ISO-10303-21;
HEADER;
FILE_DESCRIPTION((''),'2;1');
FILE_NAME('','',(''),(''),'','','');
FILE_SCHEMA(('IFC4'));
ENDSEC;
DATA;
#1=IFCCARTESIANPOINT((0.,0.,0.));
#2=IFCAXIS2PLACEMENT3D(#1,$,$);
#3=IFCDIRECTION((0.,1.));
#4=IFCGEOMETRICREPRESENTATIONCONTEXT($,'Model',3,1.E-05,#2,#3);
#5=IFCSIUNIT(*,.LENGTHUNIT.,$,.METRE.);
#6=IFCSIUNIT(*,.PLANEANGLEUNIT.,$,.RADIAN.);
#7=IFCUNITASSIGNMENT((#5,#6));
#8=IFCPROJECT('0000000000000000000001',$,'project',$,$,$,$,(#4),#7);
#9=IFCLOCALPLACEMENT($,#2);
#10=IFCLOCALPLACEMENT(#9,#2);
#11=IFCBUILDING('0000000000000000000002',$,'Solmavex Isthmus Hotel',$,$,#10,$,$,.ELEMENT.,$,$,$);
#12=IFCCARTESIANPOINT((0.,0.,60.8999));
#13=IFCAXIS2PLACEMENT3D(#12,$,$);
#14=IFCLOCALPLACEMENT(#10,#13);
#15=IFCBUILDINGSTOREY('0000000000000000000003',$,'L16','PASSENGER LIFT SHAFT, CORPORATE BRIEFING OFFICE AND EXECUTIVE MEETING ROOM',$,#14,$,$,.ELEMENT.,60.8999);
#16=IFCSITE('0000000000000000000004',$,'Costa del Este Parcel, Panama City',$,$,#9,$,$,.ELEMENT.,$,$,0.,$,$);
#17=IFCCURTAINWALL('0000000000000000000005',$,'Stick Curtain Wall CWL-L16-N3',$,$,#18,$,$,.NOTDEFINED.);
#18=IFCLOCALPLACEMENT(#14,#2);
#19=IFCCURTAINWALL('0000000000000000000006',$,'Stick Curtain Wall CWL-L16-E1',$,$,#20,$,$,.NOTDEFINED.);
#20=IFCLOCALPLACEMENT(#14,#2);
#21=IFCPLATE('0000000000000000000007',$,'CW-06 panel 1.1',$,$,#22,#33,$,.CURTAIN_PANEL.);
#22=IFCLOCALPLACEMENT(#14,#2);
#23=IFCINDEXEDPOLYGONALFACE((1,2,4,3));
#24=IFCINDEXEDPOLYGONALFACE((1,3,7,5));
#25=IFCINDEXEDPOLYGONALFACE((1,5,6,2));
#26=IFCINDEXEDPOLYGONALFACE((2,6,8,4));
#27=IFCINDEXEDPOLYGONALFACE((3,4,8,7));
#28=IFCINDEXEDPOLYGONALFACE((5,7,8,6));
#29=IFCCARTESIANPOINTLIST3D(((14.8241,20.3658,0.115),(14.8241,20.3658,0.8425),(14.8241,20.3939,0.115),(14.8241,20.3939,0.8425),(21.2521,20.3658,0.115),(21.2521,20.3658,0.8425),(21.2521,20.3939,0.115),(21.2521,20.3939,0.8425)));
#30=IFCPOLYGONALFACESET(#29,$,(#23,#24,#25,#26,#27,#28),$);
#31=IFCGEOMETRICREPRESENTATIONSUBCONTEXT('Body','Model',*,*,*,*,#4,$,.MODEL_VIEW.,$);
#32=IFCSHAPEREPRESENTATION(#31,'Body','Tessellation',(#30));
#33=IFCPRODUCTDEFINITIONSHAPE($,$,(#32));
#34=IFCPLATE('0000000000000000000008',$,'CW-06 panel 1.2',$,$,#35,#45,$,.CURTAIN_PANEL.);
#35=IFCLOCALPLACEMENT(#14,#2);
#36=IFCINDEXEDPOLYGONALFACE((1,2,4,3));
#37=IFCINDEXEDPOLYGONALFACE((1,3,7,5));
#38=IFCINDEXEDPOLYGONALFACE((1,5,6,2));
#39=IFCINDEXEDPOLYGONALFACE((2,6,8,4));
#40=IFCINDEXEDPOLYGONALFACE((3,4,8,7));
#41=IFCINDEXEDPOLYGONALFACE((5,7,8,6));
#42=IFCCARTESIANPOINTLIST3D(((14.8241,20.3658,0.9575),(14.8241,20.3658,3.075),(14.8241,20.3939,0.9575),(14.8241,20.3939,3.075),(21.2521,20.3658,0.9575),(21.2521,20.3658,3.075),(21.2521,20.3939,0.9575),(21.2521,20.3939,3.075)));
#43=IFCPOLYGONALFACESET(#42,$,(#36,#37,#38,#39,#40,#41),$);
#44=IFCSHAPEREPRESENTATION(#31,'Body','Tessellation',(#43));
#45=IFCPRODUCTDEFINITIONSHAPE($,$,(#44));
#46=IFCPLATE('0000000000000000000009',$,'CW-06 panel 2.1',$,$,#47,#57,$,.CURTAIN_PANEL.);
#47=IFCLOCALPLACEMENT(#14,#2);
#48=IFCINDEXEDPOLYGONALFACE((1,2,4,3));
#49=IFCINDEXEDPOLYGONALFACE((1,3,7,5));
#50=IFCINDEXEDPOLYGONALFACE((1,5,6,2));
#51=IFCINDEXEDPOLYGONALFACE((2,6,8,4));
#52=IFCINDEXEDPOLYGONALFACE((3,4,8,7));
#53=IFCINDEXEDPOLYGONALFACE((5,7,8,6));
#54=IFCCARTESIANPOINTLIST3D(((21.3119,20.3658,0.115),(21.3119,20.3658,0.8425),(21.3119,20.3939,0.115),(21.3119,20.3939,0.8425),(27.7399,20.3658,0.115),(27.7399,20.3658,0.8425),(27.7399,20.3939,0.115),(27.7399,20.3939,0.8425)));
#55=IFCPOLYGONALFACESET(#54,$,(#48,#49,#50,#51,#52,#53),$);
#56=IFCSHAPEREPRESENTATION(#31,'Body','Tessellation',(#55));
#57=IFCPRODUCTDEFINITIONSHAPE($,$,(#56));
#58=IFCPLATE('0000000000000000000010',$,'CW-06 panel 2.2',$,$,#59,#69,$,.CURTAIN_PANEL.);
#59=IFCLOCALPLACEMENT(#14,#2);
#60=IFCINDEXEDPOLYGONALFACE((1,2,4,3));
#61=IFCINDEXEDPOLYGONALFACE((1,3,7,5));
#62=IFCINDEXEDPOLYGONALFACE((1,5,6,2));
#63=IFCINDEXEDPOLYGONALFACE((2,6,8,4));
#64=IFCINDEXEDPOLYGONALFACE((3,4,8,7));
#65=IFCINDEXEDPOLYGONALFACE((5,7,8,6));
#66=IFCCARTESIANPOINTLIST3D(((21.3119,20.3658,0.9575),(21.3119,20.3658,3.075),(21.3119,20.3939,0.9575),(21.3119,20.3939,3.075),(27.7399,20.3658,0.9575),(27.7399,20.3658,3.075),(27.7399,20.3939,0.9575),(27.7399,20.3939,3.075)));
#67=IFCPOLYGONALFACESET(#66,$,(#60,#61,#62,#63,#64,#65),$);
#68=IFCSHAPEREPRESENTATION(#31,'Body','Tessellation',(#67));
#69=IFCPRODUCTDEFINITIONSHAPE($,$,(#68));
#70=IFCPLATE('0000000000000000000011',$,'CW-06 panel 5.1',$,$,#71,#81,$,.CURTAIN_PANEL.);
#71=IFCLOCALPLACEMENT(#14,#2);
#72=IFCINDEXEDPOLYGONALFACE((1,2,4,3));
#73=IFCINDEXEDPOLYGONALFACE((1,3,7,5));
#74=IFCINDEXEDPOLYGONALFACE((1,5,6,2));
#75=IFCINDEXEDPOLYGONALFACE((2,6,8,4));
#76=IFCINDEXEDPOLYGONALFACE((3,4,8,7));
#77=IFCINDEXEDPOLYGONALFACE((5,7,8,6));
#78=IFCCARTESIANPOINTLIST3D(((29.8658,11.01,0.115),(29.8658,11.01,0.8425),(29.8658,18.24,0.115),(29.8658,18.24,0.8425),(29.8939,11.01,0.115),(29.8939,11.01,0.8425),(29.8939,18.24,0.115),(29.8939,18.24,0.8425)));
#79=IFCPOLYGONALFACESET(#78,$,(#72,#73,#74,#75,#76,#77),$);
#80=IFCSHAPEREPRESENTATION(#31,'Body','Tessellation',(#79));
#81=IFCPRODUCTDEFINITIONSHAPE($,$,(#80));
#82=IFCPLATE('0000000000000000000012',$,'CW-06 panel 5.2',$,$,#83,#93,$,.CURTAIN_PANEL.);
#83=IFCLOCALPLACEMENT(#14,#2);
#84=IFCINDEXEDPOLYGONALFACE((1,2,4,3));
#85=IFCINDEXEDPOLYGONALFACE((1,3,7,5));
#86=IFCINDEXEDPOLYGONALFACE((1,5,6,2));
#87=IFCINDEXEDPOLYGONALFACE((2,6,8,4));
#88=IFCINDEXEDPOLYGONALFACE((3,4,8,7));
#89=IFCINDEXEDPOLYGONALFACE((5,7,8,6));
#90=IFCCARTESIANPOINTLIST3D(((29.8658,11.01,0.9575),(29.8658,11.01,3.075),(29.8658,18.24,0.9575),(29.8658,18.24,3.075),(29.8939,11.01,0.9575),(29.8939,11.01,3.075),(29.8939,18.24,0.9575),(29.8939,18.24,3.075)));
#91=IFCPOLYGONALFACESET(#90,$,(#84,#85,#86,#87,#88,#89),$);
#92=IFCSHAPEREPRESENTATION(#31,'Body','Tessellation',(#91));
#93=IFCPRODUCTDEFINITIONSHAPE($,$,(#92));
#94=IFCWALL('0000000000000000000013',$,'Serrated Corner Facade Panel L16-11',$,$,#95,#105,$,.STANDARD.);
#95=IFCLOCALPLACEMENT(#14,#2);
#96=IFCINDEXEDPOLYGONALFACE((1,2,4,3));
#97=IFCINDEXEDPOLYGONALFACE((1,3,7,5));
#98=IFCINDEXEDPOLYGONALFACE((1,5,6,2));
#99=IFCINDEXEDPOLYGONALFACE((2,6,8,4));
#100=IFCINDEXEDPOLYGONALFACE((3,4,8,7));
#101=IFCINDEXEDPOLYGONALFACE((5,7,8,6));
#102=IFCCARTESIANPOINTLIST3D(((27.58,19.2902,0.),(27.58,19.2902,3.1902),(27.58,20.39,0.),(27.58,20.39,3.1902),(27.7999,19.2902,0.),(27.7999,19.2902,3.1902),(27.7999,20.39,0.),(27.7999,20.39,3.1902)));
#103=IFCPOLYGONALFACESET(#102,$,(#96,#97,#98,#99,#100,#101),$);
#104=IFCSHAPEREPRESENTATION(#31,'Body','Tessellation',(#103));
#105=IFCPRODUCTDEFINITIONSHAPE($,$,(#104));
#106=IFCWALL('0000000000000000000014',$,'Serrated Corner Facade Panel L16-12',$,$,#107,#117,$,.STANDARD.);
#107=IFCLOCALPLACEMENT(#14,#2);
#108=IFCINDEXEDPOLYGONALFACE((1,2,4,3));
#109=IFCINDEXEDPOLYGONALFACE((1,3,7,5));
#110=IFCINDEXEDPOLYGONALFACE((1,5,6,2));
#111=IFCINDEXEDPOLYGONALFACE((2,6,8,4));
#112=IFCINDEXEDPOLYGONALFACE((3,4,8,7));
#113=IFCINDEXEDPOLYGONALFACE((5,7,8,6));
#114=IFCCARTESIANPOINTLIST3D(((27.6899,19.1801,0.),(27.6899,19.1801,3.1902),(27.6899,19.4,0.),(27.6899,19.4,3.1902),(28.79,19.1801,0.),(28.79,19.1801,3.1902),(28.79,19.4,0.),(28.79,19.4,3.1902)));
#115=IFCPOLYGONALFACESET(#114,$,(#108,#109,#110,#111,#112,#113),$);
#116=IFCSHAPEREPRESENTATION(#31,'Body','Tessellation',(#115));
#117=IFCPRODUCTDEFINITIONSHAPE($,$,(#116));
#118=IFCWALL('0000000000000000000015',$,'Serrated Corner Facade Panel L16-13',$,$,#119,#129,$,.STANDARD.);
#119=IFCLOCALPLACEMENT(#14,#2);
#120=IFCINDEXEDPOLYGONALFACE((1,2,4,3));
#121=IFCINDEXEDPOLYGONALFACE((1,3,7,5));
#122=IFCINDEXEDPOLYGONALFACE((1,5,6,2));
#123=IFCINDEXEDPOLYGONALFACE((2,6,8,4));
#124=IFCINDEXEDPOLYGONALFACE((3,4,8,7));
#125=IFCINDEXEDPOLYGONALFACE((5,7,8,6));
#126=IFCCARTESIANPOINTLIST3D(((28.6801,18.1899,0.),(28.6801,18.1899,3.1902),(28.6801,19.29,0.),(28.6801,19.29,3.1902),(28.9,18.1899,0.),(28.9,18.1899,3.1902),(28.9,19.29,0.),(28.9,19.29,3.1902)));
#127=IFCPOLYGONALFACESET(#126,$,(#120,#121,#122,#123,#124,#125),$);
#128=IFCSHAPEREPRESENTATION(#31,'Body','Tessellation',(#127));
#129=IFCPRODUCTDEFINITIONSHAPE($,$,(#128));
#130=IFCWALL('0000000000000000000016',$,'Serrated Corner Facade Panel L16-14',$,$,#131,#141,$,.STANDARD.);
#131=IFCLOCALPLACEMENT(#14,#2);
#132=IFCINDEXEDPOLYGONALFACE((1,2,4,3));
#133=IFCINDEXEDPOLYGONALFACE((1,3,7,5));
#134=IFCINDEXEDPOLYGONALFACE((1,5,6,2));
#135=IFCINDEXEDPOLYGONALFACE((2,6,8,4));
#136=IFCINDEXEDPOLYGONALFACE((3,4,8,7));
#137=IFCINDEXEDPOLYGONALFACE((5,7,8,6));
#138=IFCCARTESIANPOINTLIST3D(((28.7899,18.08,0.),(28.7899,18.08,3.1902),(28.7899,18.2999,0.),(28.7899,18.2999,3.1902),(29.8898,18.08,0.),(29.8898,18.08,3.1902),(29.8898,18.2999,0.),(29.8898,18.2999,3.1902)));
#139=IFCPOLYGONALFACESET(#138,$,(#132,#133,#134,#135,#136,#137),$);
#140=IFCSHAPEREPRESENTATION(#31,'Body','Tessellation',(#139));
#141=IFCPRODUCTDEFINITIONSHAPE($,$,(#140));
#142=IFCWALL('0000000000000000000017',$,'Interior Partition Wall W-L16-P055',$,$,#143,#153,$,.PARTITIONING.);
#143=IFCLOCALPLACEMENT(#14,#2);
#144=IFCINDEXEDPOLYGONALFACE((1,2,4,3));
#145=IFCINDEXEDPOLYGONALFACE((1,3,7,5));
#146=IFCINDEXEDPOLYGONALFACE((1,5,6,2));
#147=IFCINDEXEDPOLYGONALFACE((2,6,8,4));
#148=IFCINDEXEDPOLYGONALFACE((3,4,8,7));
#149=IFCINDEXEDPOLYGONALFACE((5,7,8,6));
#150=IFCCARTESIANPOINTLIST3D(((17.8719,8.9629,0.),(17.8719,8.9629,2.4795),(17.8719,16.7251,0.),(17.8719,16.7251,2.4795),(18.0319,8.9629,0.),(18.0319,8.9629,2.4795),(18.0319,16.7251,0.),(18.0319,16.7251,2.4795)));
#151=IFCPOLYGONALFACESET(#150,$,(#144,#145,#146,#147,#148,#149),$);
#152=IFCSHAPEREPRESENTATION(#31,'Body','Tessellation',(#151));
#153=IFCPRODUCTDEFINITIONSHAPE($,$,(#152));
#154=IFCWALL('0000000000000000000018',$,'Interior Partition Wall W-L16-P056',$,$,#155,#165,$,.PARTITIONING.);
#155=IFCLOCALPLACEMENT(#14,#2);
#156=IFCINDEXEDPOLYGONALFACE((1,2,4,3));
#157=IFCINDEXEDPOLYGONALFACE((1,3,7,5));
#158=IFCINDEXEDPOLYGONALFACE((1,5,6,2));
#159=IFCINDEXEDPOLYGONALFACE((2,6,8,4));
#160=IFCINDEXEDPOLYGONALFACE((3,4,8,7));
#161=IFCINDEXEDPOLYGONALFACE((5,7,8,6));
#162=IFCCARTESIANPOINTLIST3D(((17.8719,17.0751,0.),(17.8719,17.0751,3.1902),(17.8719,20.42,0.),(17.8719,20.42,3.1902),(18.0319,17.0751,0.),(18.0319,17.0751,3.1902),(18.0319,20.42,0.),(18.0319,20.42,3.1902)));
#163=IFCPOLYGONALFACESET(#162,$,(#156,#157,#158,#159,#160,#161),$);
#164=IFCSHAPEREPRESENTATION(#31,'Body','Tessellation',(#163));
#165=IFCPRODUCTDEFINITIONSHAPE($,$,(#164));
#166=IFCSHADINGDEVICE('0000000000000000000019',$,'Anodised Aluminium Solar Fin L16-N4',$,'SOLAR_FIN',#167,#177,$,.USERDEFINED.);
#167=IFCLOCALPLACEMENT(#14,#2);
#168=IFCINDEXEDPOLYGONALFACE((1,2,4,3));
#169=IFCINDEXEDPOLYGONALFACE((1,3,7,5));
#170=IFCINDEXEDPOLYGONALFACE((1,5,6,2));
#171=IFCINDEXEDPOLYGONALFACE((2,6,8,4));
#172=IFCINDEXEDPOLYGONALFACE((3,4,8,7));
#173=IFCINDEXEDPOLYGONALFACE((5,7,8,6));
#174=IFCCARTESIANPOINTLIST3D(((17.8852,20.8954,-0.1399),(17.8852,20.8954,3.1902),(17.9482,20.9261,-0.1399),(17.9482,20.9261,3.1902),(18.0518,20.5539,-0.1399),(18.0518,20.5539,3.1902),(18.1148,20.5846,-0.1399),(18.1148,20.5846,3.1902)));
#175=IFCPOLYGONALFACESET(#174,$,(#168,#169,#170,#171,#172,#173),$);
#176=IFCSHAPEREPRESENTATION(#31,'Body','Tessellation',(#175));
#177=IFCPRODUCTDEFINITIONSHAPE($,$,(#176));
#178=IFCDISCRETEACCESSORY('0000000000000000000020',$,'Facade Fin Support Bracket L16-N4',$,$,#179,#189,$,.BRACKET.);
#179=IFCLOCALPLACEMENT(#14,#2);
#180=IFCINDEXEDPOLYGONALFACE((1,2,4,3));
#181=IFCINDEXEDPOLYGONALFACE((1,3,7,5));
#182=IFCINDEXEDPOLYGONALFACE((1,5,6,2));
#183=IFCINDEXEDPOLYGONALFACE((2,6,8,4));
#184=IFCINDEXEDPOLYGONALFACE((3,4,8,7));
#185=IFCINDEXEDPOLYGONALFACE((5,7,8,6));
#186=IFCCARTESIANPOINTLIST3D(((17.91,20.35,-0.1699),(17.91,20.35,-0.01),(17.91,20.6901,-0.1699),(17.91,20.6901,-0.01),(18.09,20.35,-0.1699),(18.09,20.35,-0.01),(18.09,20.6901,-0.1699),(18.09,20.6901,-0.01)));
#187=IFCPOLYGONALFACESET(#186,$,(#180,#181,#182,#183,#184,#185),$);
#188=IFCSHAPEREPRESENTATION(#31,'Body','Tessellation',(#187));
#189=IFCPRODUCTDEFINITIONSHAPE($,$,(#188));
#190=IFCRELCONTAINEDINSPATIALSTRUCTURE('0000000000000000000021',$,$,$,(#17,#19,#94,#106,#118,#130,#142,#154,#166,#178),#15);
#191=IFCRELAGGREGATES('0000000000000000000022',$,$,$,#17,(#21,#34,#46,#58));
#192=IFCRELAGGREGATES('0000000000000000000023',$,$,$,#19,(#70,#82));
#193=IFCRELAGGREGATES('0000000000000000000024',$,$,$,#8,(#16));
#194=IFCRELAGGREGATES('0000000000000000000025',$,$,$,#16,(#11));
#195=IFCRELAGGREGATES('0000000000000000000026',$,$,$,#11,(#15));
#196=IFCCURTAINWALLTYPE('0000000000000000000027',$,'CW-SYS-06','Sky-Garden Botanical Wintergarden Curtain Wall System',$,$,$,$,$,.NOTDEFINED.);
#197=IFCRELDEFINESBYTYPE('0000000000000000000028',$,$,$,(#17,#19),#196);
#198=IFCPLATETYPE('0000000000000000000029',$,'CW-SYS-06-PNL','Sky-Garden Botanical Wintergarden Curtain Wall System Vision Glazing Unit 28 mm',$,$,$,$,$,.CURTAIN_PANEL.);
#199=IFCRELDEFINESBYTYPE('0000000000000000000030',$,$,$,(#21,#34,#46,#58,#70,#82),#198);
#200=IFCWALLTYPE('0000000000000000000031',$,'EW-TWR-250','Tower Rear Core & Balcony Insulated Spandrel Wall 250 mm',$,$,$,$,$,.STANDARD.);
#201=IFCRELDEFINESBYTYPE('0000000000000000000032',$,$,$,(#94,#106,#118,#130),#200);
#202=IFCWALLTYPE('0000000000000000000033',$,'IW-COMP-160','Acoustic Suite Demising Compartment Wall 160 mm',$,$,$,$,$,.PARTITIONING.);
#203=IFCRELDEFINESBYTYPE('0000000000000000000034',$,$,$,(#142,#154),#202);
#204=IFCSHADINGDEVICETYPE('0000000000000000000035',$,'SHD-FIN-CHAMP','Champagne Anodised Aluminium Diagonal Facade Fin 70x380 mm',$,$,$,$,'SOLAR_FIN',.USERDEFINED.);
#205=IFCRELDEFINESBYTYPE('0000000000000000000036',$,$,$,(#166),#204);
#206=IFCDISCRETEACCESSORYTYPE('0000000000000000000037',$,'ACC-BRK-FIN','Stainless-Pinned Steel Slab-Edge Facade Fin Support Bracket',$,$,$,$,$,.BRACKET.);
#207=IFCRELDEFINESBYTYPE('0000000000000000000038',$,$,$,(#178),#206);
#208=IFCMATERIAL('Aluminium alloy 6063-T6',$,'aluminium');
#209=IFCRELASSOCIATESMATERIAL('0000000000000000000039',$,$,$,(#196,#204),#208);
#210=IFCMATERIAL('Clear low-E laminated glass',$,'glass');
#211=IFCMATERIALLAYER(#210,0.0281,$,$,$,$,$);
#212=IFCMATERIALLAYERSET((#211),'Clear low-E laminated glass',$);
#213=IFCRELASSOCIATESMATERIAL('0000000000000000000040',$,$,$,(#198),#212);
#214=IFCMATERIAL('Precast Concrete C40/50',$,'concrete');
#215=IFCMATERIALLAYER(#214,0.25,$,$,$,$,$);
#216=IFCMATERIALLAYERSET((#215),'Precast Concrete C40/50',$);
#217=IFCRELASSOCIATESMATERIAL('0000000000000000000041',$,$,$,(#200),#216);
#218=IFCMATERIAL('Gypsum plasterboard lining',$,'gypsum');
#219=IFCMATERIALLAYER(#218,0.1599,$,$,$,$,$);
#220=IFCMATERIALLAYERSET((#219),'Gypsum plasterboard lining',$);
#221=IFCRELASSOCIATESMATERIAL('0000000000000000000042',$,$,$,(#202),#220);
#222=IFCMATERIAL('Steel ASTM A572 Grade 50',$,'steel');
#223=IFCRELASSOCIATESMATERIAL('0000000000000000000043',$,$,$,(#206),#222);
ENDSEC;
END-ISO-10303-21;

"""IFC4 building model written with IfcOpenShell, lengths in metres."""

from ifc_helpers import new_model, si_unit, direction, frame, frame_2d, origin, origin_2d, place, context, subcontext, project, spatial, rectangle, extrude, material, layer, layer_set, type_object, element, aggregate, save


model = new_model("IFC4")

# Units and contexts
model_context = context("Model", 3, precision=1e-05, world=origin(), true_north=direction((0.0, 1.0)))
body_context = subcontext(model_context, "Body", "Model", "MODEL_VIEW")
ifc_project = project(units=[si_unit("LENGTHUNIT", "METRE"), si_unit("PLANEANGLEUNIT", "RADIAN")], contexts=[model_context])

# Site, building, storey
site_placement = place(None, origin())
site = spatial("IfcSite", under=ifc_project, at=site_placement, Name="Costa del Este Parcel, Panama City", CompositionType="ELEMENT", RefElevation=0.0)
building_placement = place(site_placement, origin())
building = spatial("IfcBuilding", under=site, at=building_placement, Name="Solmavex Isthmus Hotel", CompositionType="ELEMENT")
storey_placement = place(building_placement, frame((0.0, 0.0, 60.8999)))
storey = spatial("IfcBuildingStorey", under=building, at=storey_placement, Name="L16", Description="PASSENGER LIFT SHAFT, CORPORATE BRIEFING OFFICE AND EXECUTIVE MEETING ROOM", CompositionType="ELEMENT", Elevation=60.8999)

# Curtain walls
ifc_material_1 = material(Name="Aluminium alloy 6063-T6", Category="aluminium")
curtain_wall_type = type_object("IfcCurtainWallType", Name="CW-SYS-06", Description="Sky-Garden Botanical Wintergarden Curtain Wall System", PredefinedType="NOTDEFINED", material=ifc_material_1)
curtain_wall_1_placement = place(storey_placement, origin())
curtain_wall_1 = element("IfcCurtainWall", 1, at=curtain_wall_1_placement, inside=storey, type_object=curtain_wall_type, Name="Stick Curtain Wall CWL-L16-N3", PredefinedType="NOTDEFINED")
curtain_wall_2_placement = place(storey_placement, origin())
curtain_wall_2 = element("IfcCurtainWall", 2, at=curtain_wall_2_placement, inside=storey, type_object=curtain_wall_type, Name="Stick Curtain Wall CWL-L16-E1", PredefinedType="NOTDEFINED")

# Plates
ifc_material_2 = material(Name="Clear low-E laminated glass", Category="glass")
ifc_layer_1 = layer(ifc_material_2, 0.0281)
ifc_layer_set_1 = layer_set([ifc_layer_1], Name="Clear low-E laminated glass")
plate_type = type_object("IfcPlateType", Name="CW-SYS-06-PNL", Description="Sky-Garden Botanical Wintergarden Curtain Wall System Vision Glazing Unit 28 mm", PredefinedType="CURTAIN_PANEL", material=ifc_layer_set_1)
plate_1_placement = place(storey_placement, frame((18.0381, 20.3799, 0.115), z_axis=(0.0, 0.0, 1.0), x_axis=(1.0, 0.0, 0.0)))
plate_1 = element("IfcPlate", 3, at=plate_1_placement, type_object=plate_type, Name="CW-06 panel 1.1", PredefinedType="CURTAIN_PANEL", context=body_context, shape_type="SweptSolid", body=[
    extrude(rectangle(XDim=6.428, YDim=0.0281, at=origin_2d()), origin(), (0.0, 0.0, 1.0), 0.7275),
])
plate_2_placement = place(storey_placement, frame((18.0381, 20.3799, 0.9575), z_axis=(0.0, 0.0, 1.0), x_axis=(1.0, 0.0, 0.0)))
plate_2 = element("IfcPlate", 4, at=plate_2_placement, type_object=plate_type, Name="CW-06 panel 1.2", PredefinedType="CURTAIN_PANEL", context=body_context, shape_type="SweptSolid", body=[
    extrude(rectangle(XDim=6.428, YDim=0.0281, at=origin_2d()), origin(), (0.0, 0.0, 1.0), 2.1174),
])
plate_3_placement = place(storey_placement, frame((24.5259, 20.3799, 0.115), z_axis=(0.0, 0.0, 1.0), x_axis=(1.0, 0.0, 0.0)))
plate_3 = element("IfcPlate", 5, at=plate_3_placement, type_object=plate_type, Name="CW-06 panel 2.1", PredefinedType="CURTAIN_PANEL", context=body_context, shape_type="SweptSolid", body=[
    extrude(rectangle(XDim=6.428, YDim=0.0281, at=origin_2d()), origin(), (0.0, 0.0, 1.0), 0.7275),
])
plate_4_placement = place(storey_placement, frame((24.5259, 20.3799, 0.9575), z_axis=(0.0, 0.0, 1.0), x_axis=(1.0, 0.0, 0.0)))
plate_4 = element("IfcPlate", 6, at=plate_4_placement, type_object=plate_type, Name="CW-06 panel 2.2", PredefinedType="CURTAIN_PANEL", context=body_context, shape_type="SweptSolid", body=[
    extrude(rectangle(XDim=6.428, YDim=0.0281, at=origin_2d()), origin(), (0.0, 0.0, 1.0), 2.1174),
])
aggregate(curtain_wall_1, [plate_1, plate_2, plate_3, plate_4])
plate_5_placement = place(storey_placement, frame((29.8799, 14.625, 0.115), z_axis=(0.0, 0.0, 1.0), x_axis=(0.0, 1.0, 0.0)))
plate_5 = element("IfcPlate", 7, at=plate_5_placement, type_object=plate_type, Name="CW-06 panel 5.1", PredefinedType="CURTAIN_PANEL", context=body_context, shape_type="SweptSolid", body=[
    extrude(rectangle(XDim=7.23, YDim=0.0281, at=origin_2d()), origin(), (0.0, 0.0, 1.0), 0.7275),
])
plate_6_placement = place(storey_placement, frame((29.8799, 14.625, 0.9575), z_axis=(0.0, 0.0, 1.0), x_axis=(0.0, 1.0, 0.0)))
plate_6 = element("IfcPlate", 8, at=plate_6_placement, type_object=plate_type, Name="CW-06 panel 5.2", PredefinedType="CURTAIN_PANEL", context=body_context, shape_type="SweptSolid", body=[
    extrude(rectangle(XDim=7.23, YDim=0.0281, at=origin_2d()), origin(), (0.0, 0.0, 1.0), 2.1174),
])
aggregate(curtain_wall_2, [plate_5, plate_6])

# Walls
ifc_material_3 = material(Name="Precast Concrete C40/50", Category="concrete")
ifc_layer_2 = layer(ifc_material_3, 0.25)
ifc_layer_set_2 = layer_set([ifc_layer_2], Name="Precast Concrete C40/50")
wall_type_1 = type_object("IfcWallType", Name="EW-TWR-250", Description="Tower Rear Core & Balcony Insulated Spandrel Wall 250 mm", PredefinedType="STANDARD", material=ifc_layer_set_2)
wall_1_placement = place(storey_placement, frame((27.6899, 20.3899, 0.0), z_axis=(0.0, 0.0, 1.0), x_axis=(0.0, -1.0, 0.0)))
element("IfcWall", 9, at=wall_1_placement, inside=storey, type_object=wall_type_1, Name="Serrated Corner Facade Panel L16-11", PredefinedType="STANDARD", context=body_context, shape_type="SweptSolid", body=[
    extrude(rectangle(XDim=1.0999, YDim=0.22, at=frame_2d((0.5498, 0.0))), origin(), (0.0, 0.0, 1.0), 3.1902),
])
for number, where, z_axis, x_axis, name in (
    (10, (27.6899, 19.29, 0.0), (0.0, 0.0, 1.0), (1.0, 0.0, 0.0), "Serrated Corner Facade Panel L16-12"),
    (11, (28.79, 19.29, 0.0), (0.0, 0.0, 1.0), (0.0, -1.0, 0.0), "Serrated Corner Facade Panel L16-13"),
):
    element("IfcWall", number, at=place(storey_placement, frame(where, z_axis=z_axis, x_axis=x_axis)), inside=storey, type_object=wall_type_1, Name=name, PredefinedType="STANDARD", context=body_context, shape_type="SweptSolid", body=[
        extrude(rectangle(XDim=1.1001, YDim=0.22, at=frame_2d((0.55, 0.0))), origin(), (0.0, 0.0, 1.0), 3.1902),
    ])
wall_2_placement = place(storey_placement, frame((28.79, 18.1899, 0.0), z_axis=(0.0, 0.0, 1.0), x_axis=(1.0, 0.0, 0.0)))
element("IfcWall", 12, at=wall_2_placement, inside=storey, type_object=wall_type_1, Name="Serrated Corner Facade Panel L16-14", PredefinedType="STANDARD", context=body_context, shape_type="SweptSolid", body=[
    extrude(rectangle(XDim=1.0999, YDim=0.22, at=frame_2d((0.5498, 0.0))), origin(), (0.0, 0.0, 1.0), 3.1902),
])
ifc_material_4 = material(Name="Gypsum plasterboard lining", Category="gypsum")
ifc_layer_3 = layer(ifc_material_4, 0.1599)
ifc_layer_set_3 = layer_set([ifc_layer_3], Name="Gypsum plasterboard lining")
wall_type_2 = type_object("IfcWallType", Name="IW-COMP-160", Description="Acoustic Suite Demising Compartment Wall 160 mm", PredefinedType="PARTITIONING", material=ifc_layer_set_3)
wall_3_placement = place(storey_placement, frame((17.9519, 16.7251, 0.0), z_axis=(0.0, 0.0, 1.0), x_axis=(0.0, -1.0, 0.0)))
element("IfcWall", 13, at=wall_3_placement, inside=storey, type_object=wall_type_2, Name="Interior Partition Wall W-L16-P055", PredefinedType="PARTITIONING", context=body_context, shape_type="SweptSolid", body=[
    extrude(rectangle(XDim=7.7622, YDim=0.1599, at=frame_2d((3.8811, 0.0))), origin(), (0.0, 0.0, 1.0), 2.4795),
])
wall_4_placement = place(storey_placement, frame((17.9519, 20.4199, 0.0), z_axis=(0.0, 0.0, 1.0), x_axis=(0.0, -1.0, 0.0)))
element("IfcWall", 14, at=wall_4_placement, inside=storey, type_object=wall_type_2, Name="Interior Partition Wall W-L16-P056", PredefinedType="PARTITIONING", context=body_context, shape_type="SweptSolid", body=[
    extrude(rectangle(XDim=3.345, YDim=0.1599, at=frame_2d((1.6724, 0.0))), origin(), (0.0, 0.0, 1.0), 3.1902),
])

# Shading device
shading_device_type = type_object("IfcShadingDeviceType", Name="SHD-FIN-CHAMP", Description="Champagne Anodised Aluminium Diagonal Facade Fin 70x380 mm", ElementType="SOLAR_FIN", PredefinedType="USERDEFINED", material=ifc_material_1)
shading_device_placement = place(storey_placement, frame((18.0, 20.74, -0.1399), z_axis=(0.0, 0.0, 1.0), x_axis=(-0.438371, 0.898794, 0.0)))
element("IfcShadingDevice", 15, at=shading_device_placement, inside=storey, type_object=shading_device_type, Name="Anodised Aluminium Solar Fin L16-N4", ObjectType="SOLAR_FIN", PredefinedType="USERDEFINED", context=body_context, shape_type="SweptSolid", body=[
    extrude(rectangle(XDim=0.3799, YDim=0.0701, at=origin_2d()), origin(), (0.0, 0.0, 1.0), 3.3301),
])

# Discrete accessory
ifc_material_5 = material(Name="Steel ASTM A572 Grade 50", Category="steel")
discrete_accessory_type = type_object("IfcDiscreteAccessoryType", Name="ACC-BRK-FIN", Description="Stainless-Pinned Steel Slab-Edge Facade Fin Support Bracket", PredefinedType="BRACKET", material=ifc_material_5)
discrete_accessory_placement = place(storey_placement, frame((18.0, 20.52, -0.1699), z_axis=(0.0, 0.0, 1.0), x_axis=(0.0, 1.0, 0.0)))
element("IfcDiscreteAccessory", 16, at=discrete_accessory_placement, inside=storey, type_object=discrete_accessory_type, Name="Facade Fin Support Bracket L16-N4", PredefinedType="BRACKET", context=body_context, shape_type="SweptSolid", body=[
    extrude(rectangle(XDim=0.3401, YDim=0.1799, at=origin_2d()), origin(), (0.0, 0.0, 1.0), 0.1599),
])

save(model, "model.ifc")
